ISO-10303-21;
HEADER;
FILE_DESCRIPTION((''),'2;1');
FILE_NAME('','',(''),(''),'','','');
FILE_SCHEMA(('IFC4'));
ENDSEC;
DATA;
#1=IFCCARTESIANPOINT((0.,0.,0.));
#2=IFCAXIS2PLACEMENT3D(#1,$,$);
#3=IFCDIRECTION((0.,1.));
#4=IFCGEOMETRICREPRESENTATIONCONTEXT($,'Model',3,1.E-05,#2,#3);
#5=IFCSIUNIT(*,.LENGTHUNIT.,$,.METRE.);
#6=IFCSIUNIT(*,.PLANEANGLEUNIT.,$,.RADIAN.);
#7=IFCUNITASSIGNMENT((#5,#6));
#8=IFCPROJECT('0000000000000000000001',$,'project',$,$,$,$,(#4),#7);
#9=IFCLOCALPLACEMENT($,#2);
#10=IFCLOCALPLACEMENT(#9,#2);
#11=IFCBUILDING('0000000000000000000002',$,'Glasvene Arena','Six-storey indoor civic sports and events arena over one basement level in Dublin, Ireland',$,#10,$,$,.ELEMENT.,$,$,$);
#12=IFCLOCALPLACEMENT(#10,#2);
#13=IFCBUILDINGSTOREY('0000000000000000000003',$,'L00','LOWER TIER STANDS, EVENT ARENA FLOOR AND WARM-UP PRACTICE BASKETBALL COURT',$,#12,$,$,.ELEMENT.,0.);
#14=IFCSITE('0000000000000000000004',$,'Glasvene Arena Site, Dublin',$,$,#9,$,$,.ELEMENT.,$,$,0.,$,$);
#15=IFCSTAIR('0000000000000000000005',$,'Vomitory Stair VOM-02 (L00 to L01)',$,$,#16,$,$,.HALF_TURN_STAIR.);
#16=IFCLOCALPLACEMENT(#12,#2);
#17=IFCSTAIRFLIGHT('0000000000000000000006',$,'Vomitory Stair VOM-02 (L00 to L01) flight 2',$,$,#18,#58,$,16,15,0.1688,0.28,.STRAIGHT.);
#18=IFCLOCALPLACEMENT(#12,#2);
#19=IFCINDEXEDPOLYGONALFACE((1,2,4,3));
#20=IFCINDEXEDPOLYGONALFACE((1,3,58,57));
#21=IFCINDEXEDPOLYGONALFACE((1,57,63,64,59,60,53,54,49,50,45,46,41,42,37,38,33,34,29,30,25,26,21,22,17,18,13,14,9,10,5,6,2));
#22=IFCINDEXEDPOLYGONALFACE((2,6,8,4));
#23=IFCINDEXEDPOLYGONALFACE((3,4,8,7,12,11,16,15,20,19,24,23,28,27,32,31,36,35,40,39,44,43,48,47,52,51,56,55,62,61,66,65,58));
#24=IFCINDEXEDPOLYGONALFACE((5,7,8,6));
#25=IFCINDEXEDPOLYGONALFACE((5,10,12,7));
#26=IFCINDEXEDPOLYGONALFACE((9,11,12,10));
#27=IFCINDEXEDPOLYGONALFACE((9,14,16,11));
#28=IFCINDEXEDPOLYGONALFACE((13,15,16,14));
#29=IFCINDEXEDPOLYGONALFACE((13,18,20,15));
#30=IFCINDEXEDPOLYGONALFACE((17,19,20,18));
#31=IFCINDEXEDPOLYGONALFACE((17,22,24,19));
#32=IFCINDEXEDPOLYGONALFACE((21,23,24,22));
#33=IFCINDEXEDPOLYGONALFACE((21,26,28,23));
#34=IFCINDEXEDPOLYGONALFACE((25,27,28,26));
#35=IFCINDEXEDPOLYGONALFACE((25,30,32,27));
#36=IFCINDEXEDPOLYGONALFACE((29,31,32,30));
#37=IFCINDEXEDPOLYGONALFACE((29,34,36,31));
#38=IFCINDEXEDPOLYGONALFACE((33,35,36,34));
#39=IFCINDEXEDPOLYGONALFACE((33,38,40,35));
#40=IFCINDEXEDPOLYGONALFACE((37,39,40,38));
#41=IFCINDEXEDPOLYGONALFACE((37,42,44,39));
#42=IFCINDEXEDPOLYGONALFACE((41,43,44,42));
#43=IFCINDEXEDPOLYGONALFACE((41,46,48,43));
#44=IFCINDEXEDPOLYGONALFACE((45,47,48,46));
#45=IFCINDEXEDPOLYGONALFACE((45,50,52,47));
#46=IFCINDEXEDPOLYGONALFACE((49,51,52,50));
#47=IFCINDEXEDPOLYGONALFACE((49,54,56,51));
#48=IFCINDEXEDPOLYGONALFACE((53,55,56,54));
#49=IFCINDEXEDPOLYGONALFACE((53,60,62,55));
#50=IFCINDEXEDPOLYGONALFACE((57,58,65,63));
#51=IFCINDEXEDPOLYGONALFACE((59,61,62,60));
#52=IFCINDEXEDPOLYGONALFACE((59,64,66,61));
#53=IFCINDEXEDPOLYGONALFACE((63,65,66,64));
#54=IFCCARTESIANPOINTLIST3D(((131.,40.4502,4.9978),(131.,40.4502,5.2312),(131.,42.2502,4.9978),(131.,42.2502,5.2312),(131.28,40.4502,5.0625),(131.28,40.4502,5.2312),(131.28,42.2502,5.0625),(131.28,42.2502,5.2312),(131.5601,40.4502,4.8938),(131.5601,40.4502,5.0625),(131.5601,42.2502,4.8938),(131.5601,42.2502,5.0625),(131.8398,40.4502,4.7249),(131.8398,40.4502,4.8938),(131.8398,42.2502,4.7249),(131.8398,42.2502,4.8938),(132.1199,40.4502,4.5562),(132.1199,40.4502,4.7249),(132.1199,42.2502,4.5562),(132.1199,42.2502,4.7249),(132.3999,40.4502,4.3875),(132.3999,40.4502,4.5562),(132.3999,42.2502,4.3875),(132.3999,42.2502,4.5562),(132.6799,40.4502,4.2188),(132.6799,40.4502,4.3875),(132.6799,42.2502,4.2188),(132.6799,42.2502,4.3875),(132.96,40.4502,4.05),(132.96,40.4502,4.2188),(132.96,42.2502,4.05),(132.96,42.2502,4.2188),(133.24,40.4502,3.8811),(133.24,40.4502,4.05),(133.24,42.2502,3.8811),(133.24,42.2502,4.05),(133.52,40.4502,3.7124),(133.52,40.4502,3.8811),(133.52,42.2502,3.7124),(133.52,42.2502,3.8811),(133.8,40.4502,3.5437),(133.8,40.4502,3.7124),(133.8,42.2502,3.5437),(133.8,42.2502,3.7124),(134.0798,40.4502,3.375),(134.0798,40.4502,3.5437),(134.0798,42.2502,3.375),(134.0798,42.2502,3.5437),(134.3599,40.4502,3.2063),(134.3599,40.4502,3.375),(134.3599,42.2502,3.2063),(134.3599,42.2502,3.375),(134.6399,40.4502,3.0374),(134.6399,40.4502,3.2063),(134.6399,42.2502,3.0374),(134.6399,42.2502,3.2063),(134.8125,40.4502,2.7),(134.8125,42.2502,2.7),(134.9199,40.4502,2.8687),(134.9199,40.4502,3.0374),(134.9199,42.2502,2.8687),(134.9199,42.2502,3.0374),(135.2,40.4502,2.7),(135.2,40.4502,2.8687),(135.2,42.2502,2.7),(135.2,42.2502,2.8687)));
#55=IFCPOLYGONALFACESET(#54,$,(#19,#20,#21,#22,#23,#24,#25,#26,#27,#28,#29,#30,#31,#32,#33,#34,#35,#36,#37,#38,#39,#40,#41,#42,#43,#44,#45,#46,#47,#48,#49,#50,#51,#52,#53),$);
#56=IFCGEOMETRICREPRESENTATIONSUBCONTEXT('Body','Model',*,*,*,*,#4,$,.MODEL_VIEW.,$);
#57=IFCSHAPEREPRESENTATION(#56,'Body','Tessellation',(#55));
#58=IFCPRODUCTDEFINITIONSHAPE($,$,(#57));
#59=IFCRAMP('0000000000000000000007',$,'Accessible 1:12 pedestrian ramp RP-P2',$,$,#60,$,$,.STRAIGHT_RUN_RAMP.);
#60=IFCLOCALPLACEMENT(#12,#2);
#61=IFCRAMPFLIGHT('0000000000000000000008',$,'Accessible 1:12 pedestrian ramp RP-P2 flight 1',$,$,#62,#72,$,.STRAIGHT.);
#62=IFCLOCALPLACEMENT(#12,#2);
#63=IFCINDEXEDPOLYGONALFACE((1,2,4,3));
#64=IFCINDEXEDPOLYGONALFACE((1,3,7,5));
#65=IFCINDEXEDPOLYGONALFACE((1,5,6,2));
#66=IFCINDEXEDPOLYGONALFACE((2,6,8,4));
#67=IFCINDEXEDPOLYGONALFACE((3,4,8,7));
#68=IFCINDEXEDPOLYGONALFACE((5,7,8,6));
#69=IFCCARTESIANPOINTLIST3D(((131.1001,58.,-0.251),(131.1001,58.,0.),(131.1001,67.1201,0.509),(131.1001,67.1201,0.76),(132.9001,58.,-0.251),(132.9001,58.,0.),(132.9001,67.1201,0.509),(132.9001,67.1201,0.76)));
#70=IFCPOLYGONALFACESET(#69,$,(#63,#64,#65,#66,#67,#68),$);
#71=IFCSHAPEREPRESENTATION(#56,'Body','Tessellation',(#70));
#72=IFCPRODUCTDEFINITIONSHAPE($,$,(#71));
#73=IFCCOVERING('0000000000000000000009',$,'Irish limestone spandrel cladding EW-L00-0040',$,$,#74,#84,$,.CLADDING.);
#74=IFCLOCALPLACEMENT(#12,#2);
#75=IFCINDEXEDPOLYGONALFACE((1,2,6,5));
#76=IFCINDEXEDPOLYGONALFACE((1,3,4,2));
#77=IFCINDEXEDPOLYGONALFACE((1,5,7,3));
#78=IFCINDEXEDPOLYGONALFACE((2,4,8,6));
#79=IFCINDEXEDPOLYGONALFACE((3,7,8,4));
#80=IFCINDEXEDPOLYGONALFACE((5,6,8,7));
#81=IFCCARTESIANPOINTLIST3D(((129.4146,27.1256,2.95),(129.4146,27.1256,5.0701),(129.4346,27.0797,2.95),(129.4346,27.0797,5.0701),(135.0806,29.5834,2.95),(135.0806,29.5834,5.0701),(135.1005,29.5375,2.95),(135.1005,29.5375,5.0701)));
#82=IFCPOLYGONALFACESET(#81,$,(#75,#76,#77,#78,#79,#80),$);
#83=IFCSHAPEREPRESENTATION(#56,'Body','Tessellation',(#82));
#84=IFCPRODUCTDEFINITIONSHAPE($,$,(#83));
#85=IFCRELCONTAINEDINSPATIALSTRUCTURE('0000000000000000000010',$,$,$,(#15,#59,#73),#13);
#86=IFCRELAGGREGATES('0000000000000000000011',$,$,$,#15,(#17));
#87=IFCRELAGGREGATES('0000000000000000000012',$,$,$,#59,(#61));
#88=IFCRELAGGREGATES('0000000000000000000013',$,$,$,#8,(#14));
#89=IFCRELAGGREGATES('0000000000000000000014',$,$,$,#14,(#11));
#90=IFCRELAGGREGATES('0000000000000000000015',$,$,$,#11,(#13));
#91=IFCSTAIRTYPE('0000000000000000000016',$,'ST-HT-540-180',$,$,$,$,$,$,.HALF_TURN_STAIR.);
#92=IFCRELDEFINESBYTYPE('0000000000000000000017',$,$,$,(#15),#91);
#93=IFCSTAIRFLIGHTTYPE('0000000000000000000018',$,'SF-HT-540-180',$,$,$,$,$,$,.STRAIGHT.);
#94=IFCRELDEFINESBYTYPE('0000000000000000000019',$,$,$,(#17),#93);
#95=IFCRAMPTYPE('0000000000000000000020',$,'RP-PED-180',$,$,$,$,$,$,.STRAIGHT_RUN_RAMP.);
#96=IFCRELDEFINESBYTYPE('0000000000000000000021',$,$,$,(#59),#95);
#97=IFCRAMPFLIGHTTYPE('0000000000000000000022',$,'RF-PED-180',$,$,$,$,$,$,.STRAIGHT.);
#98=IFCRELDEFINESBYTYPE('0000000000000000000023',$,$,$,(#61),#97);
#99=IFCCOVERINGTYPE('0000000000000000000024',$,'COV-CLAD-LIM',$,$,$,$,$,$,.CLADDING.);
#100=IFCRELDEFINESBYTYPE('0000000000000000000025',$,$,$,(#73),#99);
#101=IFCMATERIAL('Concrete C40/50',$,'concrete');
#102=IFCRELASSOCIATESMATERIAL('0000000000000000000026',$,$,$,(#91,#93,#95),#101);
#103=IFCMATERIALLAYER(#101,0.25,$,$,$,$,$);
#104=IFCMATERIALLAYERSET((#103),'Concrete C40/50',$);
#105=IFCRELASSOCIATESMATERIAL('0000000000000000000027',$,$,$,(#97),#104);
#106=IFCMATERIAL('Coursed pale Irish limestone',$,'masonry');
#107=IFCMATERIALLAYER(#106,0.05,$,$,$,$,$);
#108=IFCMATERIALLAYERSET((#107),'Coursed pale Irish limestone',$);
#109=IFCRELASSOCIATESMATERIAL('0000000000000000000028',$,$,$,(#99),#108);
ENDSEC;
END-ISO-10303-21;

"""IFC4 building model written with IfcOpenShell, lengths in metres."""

from ifc_helpers import new_model, si_unit, direction, frame, origin, origin_2d, place, context, subcontext, project, spatial, polyline, rectangle, outline, extrude, material, layer, layer_set, type_object, element, aggregate, save


model = new_model("IFC4")

# Units and contexts
model_context = context("Model", 3, precision=1e-05, world=origin(), true_north=direction((0.0, 1.0)))
body_context = subcontext(model_context, "Body", "Model", "MODEL_VIEW")
ifc_project = project(units=[si_unit("LENGTHUNIT", "METRE"), si_unit("PLANEANGLEUNIT", "RADIAN")], contexts=[model_context])

# Site, building, storey
site_placement = place(None, origin())
site = spatial("IfcSite", under=ifc_project, at=site_placement, Name="Glasvene Arena Site, Dublin", CompositionType="ELEMENT", RefElevation=0.0)
building_placement = place(site_placement, origin())
building = spatial("IfcBuilding", under=site, at=building_placement, Name="Glasvene Arena", Description="Six-storey indoor civic sports and events arena over one basement level in Dublin, Ireland", CompositionType="ELEMENT")
storey_placement = place(building_placement, origin())
storey = spatial("IfcBuildingStorey", under=building, at=storey_placement, Name="L00", Description="LOWER TIER STANDS, EVENT ARENA FLOOR AND WARM-UP PRACTICE BASKETBALL COURT", CompositionType="ELEMENT", Elevation=0.0)

# Shared definitions
ifc_material_1 = material(Name="Concrete C40/50", Category="concrete")

# Stair
stair_type_1 = type_object("IfcStairType", Name="ST-HT-540-180", PredefinedType="HALF_TURN_STAIR", material=ifc_material_1)
stair_1_placement = place(storey_placement, origin())
stair_1 = element("IfcStair", 1, at=stair_1_placement, inside=storey, type_object=stair_type_1, Name="Vomitory Stair VOM-02 (L00 to L01)", PredefinedType="HALF_TURN_STAIR")

# Shared definitions
ifc_material_2 = material(Name="Coursed pale Irish limestone", Category="masonry")

# Stair flight
stair_flight_type_1 = type_object("IfcStairFlightType", Name="SF-HT-540-180", PredefinedType="STRAIGHT", material=ifc_material_1)
stair_flight_1_placement = place(storey_placement, frame((135.2, 41.3501, 2.7), z_axis=(0.0, 0.0, 1.0), x_axis=(-1.0, 0.0, 0.0)))
stair_flight_1 = element("IfcStairFlight", 2, at=stair_flight_1_placement, type_object=stair_flight_type_1, Name="Vomitory Stair VOM-02 (L00 to L01) flight 2", NumberOfRisers=16, NumberOfTreads=15, PredefinedType="STRAIGHT", RiserHeight=0.1688, TreadLength=0.28, context=body_context, shape_type="SweptSolid", body=[
    extrude(outline(polyline([(0.0, 0.0), (0.0, 0.1687), (0.28, 0.1687), (0.28, 0.3374), (0.5601, 0.3374), (0.5601, 0.5063), (0.8401, 0.5063), (0.8401, 0.675), (1.1201, 0.675), (1.1201, 0.8438), (1.3999, 0.8438), (1.3999, 1.0125), (1.6799, 1.0125), (1.6799, 1.1812), (1.96, 1.1812), (1.96, 1.3501), (2.24, 1.3501), (2.24, 1.5188), (2.52, 1.5188), (2.52, 1.6875), (2.8, 1.6875), (2.8, 1.8562), (3.0801, 1.8562), (3.0801, 2.0249), (3.3601, 2.0249), (3.3601, 2.1938), (3.6399, 2.1938), (3.6399, 2.3625), (3.9199, 2.3625), (3.9199, 2.5312), (4.2, 2.5312), (4.2, 2.7), (4.2, 2.2979), (0.3875, 0.0), (0.0, 0.0)])), frame((0.0, 0.8999, 0.0), z_axis=(0.0, -1.0, 0.0), x_axis=(1.0, 0.0, 0.0)), (0.0, 0.0, 1.0), 1.8),
])
aggregate(stair_1, [stair_flight_1])

# Ramp, ramp flight
ramp_type = type_object("IfcRampType", Name="RP-PED-180", PredefinedType="STRAIGHT_RUN_RAMP", material=ifc_material_1)
ramp_placement = place(storey_placement, origin())
ramp = element("IfcRamp", 3, at=ramp_placement, inside=storey, type_object=ramp_type, Name="Accessible 1:12 pedestrian ramp RP-P2", PredefinedType="STRAIGHT_RUN_RAMP")
ifc_layer_1 = layer(ifc_material_1, 0.25)
ifc_layer_set_1 = layer_set([ifc_layer_1], Name="Concrete C40/50")
ramp_flight_type = type_object("IfcRampFlightType", Name="RF-PED-180", PredefinedType="STRAIGHT", material=ifc_layer_set_1)
ramp_flight_placement = place(storey_placement, frame((132.0, 58.0, 0.0), z_axis=(0.0, 0.0, 1.0), x_axis=(0.0, 1.0, 0.0)))
ramp_flight = element("IfcRampFlight", 4, at=ramp_flight_placement, type_object=ramp_flight_type, Name="Accessible 1:12 pedestrian ramp RP-P2 flight 1", PredefinedType="STRAIGHT", context=body_context, shape_type="SweptSolid", body=[
    extrude(outline(polyline([(0.0, -0.251), (9.1201, 0.509), (9.1201, 0.76), (0.0, 0.0), (0.0, -0.251)])), frame((0.0, 0.8999, 0.0), z_axis=(0.0, -1.0, 0.0), x_axis=(1.0, 0.0, 0.0)), (0.0, 0.0, 1.0), 1.8),
])
aggregate(ramp, [ramp_flight])

# Covering
ifc_layer_2 = layer(ifc_material_2, 0.05)
ifc_layer_set_2 = layer_set([ifc_layer_2], Name="Coursed pale Irish limestone")
covering_type = type_object("IfcCoveringType", Name="COV-CLAD-LIM", PredefinedType="CLADDING", material=ifc_layer_set_2)
covering_placement = place(storey_placement, frame((132.2576, 28.3315, 2.95), z_axis=(0.0, 0.0, 1.0), x_axis=(-0.917408, -0.397949, 0.0)))
element("IfcCovering", 5, at=covering_placement, inside=storey, type_object=covering_type, Name="Irish limestone spandrel cladding EW-L00-0040", PredefinedType="CLADDING", context=body_context, shape_type="SweptSolid", body=[
    extrude(rectangle(XDim=6.176, YDim=0.05, at=origin_2d()), origin(), (0.0, 0.0, 1.0), 2.1201),
])

save(model, "model.ifc")
